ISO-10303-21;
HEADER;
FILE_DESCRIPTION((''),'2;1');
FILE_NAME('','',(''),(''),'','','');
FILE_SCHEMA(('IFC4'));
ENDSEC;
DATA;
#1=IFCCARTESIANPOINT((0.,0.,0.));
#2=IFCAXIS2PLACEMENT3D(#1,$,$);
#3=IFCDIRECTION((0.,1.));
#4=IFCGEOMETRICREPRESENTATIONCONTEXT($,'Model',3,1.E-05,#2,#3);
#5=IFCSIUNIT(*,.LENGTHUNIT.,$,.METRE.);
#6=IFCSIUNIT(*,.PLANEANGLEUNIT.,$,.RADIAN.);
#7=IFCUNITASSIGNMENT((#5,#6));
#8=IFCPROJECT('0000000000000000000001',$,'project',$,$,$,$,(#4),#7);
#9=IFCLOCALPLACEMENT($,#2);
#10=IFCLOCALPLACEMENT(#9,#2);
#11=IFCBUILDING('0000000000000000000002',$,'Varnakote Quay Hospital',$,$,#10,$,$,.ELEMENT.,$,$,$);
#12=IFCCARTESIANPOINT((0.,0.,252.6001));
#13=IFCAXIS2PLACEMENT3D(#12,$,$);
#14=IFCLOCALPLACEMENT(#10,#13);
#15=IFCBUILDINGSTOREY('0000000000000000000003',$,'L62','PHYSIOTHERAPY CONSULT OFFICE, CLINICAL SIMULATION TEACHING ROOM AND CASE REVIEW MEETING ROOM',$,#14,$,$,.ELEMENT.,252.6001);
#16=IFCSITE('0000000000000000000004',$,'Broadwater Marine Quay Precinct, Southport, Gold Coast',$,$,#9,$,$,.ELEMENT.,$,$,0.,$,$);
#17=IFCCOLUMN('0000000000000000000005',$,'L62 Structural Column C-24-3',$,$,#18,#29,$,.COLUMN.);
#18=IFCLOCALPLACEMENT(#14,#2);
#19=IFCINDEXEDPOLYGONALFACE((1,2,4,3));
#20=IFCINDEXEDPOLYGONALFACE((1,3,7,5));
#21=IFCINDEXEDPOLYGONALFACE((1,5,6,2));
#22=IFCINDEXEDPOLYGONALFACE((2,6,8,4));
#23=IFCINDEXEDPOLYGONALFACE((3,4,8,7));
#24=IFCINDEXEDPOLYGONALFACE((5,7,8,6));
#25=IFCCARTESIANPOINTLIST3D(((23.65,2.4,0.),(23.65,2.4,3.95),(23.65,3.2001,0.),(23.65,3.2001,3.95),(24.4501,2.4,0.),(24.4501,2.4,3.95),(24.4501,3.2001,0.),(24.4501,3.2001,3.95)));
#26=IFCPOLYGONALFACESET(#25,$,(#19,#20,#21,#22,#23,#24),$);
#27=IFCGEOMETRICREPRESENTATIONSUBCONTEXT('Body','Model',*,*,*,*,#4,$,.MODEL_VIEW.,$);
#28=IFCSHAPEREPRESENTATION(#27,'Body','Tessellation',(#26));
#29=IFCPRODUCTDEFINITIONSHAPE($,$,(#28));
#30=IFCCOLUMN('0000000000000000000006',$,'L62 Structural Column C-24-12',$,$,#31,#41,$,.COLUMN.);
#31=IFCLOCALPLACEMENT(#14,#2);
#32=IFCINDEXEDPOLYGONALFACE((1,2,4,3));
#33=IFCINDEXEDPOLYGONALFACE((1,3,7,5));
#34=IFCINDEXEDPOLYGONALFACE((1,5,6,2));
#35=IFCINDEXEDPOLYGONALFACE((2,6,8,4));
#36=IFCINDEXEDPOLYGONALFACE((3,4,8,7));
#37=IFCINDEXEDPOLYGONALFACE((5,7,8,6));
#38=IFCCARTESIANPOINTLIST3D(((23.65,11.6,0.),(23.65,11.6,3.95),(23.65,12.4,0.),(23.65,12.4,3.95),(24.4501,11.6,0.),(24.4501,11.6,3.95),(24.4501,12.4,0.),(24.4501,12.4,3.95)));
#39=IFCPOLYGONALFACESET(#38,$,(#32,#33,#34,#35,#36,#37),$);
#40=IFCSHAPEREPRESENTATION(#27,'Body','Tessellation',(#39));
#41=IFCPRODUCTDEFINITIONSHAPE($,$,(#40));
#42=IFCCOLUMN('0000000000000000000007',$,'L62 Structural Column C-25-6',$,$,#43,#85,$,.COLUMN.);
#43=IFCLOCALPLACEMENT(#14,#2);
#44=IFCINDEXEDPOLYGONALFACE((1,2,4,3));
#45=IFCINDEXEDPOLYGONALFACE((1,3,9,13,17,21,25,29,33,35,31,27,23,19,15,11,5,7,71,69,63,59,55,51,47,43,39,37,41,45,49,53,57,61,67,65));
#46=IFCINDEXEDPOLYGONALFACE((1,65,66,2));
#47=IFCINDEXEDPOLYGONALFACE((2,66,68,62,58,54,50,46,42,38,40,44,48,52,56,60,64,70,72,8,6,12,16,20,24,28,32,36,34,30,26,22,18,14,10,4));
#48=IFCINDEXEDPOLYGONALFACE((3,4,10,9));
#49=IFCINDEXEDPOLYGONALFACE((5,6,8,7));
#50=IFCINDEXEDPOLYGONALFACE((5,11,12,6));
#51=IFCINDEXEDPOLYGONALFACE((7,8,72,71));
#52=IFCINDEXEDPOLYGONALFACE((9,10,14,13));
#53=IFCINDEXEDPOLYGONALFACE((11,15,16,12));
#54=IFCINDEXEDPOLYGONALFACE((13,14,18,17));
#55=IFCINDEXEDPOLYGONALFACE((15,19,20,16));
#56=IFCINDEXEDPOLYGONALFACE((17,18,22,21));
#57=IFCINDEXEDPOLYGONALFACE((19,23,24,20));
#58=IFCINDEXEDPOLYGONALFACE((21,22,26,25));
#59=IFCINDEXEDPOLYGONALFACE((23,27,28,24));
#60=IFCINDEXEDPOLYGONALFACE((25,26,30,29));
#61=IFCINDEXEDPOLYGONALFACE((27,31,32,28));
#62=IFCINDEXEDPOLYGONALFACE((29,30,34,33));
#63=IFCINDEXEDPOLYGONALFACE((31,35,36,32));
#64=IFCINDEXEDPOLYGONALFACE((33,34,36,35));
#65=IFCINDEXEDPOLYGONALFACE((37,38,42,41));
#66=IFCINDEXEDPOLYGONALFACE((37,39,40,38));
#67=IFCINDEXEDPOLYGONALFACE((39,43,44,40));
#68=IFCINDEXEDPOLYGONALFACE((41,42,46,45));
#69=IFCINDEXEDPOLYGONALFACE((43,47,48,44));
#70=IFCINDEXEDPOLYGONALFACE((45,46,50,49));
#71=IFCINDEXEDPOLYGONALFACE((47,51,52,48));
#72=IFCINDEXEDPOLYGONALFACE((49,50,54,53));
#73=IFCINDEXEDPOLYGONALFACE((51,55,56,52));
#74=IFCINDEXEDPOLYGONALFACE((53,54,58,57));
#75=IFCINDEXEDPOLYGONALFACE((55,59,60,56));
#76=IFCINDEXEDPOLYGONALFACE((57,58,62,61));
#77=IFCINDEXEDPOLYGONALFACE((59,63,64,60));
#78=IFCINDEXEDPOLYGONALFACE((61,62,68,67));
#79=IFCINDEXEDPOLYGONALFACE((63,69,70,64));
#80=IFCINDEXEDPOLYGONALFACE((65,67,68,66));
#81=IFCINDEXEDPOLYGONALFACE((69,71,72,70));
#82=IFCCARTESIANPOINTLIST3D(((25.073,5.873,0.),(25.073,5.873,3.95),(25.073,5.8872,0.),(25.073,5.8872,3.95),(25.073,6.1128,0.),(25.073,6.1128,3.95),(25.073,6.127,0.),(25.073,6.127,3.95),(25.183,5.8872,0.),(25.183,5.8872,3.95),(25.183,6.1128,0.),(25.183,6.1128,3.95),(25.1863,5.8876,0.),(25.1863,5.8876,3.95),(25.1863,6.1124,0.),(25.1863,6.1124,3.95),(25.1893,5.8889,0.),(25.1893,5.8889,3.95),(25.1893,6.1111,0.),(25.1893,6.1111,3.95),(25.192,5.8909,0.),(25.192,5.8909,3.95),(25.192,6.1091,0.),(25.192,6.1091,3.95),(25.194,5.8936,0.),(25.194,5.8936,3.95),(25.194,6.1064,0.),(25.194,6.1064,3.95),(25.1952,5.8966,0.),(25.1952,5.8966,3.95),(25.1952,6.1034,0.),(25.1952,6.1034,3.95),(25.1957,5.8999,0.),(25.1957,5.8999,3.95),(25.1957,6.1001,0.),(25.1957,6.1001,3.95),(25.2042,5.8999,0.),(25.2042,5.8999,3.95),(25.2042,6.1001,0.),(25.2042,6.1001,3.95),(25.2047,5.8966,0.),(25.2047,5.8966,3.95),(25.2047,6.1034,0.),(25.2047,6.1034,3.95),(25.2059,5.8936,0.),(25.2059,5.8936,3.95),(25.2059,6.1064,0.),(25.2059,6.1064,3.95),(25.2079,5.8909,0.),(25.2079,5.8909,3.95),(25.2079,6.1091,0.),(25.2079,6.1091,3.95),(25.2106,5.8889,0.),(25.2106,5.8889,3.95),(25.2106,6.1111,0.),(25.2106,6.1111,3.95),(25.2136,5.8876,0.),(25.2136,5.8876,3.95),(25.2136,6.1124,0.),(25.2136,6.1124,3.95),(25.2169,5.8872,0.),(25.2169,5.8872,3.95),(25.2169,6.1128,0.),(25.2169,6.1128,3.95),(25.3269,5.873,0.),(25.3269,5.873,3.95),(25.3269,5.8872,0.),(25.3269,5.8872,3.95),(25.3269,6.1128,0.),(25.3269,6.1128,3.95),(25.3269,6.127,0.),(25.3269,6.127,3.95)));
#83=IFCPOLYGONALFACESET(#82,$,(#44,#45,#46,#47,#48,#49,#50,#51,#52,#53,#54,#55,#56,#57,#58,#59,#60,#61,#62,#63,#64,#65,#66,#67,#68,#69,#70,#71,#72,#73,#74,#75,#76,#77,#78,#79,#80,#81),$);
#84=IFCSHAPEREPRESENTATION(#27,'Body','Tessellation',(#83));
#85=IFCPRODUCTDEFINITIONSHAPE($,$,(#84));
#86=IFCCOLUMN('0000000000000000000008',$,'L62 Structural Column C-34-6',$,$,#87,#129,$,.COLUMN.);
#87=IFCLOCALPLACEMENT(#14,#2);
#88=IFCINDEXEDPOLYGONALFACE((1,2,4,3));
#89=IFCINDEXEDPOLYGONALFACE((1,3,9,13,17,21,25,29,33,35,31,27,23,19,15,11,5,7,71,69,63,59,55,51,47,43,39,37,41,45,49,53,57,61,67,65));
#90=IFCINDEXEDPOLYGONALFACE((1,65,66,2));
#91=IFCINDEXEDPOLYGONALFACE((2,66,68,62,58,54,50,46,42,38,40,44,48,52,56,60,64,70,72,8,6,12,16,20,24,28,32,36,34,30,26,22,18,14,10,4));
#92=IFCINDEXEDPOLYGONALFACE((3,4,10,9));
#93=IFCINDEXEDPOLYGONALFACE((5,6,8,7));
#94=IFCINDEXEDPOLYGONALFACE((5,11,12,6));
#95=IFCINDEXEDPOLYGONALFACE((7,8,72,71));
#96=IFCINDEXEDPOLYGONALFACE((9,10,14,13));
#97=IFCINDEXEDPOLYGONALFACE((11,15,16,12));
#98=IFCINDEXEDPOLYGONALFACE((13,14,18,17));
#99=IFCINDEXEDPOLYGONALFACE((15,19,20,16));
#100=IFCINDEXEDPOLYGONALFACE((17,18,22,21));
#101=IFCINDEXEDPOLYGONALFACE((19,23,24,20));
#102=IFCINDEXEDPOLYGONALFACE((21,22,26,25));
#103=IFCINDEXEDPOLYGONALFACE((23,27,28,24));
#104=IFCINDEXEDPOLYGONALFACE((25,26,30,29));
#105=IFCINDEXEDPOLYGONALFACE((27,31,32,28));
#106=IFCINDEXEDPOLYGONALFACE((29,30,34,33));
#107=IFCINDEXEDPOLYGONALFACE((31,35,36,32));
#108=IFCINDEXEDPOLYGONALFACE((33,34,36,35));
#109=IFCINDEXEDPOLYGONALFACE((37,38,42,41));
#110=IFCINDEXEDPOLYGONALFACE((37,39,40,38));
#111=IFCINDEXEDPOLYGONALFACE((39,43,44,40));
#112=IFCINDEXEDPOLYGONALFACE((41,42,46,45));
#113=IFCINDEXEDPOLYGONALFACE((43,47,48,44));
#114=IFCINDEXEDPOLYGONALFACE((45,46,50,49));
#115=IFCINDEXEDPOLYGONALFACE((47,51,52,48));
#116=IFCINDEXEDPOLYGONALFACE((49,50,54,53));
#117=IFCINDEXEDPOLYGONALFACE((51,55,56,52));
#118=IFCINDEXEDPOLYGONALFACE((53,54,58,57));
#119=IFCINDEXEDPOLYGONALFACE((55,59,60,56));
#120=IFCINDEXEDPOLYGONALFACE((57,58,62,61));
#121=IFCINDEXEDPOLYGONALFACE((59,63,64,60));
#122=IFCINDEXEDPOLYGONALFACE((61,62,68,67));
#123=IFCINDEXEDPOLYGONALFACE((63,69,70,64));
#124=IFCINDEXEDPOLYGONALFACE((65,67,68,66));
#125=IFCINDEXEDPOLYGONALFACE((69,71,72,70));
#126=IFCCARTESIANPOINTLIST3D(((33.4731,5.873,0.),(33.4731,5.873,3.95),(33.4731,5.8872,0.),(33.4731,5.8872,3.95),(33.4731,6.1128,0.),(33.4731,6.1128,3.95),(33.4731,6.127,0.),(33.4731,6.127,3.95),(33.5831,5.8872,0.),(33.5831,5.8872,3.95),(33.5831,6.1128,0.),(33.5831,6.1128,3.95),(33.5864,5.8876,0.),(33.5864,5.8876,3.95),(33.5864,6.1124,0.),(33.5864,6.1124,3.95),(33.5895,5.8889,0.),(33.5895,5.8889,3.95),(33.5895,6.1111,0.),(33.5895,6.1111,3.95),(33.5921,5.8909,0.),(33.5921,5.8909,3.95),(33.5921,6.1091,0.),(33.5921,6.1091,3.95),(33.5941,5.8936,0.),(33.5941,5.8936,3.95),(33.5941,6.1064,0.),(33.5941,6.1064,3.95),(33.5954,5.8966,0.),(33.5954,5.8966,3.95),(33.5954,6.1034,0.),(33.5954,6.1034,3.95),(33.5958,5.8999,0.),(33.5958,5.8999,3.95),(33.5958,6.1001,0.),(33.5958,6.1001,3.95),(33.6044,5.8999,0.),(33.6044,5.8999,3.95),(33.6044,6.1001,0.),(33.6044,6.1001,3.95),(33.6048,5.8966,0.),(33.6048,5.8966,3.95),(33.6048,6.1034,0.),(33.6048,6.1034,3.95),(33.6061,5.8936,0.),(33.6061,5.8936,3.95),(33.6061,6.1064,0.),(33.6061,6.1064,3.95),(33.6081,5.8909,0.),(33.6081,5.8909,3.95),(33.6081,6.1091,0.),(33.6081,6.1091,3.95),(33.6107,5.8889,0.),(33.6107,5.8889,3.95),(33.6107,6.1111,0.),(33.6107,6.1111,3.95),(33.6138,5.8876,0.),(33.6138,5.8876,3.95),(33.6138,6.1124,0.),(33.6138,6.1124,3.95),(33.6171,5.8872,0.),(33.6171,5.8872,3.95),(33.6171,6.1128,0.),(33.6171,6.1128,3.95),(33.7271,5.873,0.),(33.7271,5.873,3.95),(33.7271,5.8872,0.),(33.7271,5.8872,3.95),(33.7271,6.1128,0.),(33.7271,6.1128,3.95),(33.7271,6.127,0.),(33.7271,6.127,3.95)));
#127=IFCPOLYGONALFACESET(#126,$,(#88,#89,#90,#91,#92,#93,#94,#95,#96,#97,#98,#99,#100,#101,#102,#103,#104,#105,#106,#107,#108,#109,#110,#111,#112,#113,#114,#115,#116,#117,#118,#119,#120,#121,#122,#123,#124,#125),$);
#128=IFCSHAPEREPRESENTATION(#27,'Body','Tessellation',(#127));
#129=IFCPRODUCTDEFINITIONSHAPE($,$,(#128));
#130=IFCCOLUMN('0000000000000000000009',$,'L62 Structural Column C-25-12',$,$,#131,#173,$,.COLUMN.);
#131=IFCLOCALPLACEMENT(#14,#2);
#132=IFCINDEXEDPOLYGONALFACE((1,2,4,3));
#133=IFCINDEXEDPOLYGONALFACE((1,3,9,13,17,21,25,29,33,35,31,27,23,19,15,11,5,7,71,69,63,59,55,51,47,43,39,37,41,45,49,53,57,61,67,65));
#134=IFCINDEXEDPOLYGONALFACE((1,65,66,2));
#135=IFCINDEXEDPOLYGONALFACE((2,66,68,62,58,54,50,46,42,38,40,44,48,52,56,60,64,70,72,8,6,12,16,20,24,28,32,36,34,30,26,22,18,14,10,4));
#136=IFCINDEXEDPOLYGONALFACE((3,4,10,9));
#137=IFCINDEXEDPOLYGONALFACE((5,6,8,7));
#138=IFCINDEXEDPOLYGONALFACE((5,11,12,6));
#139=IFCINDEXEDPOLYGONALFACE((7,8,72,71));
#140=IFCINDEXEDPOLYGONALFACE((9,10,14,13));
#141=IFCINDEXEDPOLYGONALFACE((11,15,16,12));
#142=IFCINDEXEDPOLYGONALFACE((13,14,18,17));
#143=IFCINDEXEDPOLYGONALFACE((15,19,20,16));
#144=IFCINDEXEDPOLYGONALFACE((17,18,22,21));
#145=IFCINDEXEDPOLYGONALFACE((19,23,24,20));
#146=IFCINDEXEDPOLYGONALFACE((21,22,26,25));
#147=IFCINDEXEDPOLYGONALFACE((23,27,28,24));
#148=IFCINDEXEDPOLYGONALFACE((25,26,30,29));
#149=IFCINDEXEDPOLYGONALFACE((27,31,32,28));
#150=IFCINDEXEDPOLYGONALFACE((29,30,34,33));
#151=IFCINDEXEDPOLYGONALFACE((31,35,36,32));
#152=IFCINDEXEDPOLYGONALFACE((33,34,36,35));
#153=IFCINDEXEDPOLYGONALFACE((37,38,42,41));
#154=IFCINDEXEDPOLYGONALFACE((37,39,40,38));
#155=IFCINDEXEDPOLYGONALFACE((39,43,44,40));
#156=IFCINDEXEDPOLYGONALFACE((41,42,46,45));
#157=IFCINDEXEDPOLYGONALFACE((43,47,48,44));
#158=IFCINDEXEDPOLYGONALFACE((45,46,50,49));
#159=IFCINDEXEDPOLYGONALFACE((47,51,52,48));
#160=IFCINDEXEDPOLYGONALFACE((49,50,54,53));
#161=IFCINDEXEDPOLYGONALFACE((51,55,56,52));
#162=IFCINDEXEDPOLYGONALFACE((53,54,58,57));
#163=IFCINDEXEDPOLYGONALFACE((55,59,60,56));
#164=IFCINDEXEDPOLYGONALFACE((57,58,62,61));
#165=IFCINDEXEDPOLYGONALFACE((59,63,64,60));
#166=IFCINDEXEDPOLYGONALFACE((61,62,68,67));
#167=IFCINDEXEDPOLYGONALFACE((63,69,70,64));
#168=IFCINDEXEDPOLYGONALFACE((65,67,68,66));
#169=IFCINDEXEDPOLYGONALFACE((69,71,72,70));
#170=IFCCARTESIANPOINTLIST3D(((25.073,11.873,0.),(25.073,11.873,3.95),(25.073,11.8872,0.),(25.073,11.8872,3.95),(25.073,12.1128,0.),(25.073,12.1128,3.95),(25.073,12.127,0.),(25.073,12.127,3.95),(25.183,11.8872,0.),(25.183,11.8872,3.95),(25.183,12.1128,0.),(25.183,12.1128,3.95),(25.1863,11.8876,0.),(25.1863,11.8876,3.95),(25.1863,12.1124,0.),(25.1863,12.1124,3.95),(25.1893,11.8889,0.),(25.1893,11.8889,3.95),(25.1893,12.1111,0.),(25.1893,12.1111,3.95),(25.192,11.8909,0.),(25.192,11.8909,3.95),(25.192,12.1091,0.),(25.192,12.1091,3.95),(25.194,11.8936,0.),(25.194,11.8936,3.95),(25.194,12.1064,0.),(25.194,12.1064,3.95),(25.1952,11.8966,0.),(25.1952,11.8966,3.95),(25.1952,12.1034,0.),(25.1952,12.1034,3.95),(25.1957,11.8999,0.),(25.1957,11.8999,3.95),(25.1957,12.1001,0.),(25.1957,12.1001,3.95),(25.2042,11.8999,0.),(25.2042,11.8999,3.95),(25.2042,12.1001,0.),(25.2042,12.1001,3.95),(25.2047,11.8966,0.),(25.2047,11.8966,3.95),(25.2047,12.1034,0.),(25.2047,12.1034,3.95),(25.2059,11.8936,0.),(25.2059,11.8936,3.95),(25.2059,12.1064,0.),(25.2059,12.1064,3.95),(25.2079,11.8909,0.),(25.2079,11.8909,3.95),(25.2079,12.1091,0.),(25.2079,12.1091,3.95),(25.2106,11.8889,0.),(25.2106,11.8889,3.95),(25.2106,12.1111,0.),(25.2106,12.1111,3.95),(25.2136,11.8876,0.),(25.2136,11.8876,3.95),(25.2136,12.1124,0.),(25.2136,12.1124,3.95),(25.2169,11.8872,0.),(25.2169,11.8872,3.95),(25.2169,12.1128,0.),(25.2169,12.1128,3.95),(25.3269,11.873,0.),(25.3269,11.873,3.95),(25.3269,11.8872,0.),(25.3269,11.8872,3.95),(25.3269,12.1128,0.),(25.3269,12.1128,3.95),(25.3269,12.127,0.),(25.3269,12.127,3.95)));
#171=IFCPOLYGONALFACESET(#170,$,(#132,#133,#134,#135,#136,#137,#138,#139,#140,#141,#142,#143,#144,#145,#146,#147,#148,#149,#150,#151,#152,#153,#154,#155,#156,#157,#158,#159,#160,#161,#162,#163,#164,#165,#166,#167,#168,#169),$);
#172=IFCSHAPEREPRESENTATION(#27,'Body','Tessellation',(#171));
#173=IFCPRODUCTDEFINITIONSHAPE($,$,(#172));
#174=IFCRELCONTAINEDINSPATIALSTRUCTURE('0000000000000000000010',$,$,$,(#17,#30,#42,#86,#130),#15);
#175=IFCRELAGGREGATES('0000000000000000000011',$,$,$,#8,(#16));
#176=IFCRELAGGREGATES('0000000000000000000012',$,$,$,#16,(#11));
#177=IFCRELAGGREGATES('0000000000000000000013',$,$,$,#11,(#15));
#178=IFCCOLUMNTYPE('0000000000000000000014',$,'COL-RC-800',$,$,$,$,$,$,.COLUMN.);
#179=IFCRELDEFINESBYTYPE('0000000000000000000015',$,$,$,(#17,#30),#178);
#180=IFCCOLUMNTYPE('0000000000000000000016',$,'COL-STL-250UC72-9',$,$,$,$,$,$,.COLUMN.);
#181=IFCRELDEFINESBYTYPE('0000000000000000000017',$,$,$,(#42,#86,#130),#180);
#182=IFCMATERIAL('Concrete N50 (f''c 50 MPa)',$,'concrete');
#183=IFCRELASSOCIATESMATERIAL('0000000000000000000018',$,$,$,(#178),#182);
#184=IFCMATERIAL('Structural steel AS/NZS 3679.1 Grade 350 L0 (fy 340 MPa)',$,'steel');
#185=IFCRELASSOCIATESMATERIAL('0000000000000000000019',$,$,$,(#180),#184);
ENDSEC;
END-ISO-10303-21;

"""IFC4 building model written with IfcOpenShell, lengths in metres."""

from ifc_helpers import new_model, si_unit, direction, frame, origin, origin_2d, place, context, subcontext, project, spatial, rectangle, i_section, extrude, material, material_profile, profile_set, type_object, element, save


model = new_model("IFC4")

# Units and contexts
model_context = context("Model", 3, precision=1e-05, world=origin(), true_north=direction((0.0, 1.0)))
body_context = subcontext(model_context, "Body", "Model", "MODEL_VIEW")
ifc_project = project(units=[si_unit("LENGTHUNIT", "METRE"), si_unit("PLANEANGLEUNIT", "RADIAN")], contexts=[model_context])

# Site, building, storey
site_placement = place(None, origin())
site = spatial("IfcSite", under=ifc_project, at=site_placement, Name="Broadwater Marine Quay Precinct, Southport, Gold Coast", CompositionType="ELEMENT", RefElevation=0.0)
building_placement = place(site_placement, origin())
building = spatial("IfcBuilding", under=site, at=building_placement, Name="Varnakote Quay Hospital", CompositionType="ELEMENT")
storey_placement = place(building_placement, frame((0.0, 0.0, 252.6001)))
storey = spatial("IfcBuildingStorey", under=building, at=storey_placement, Name="L62", Description="PHYSIOTHERAPY CONSULT OFFICE, CLINICAL SIMULATION TEACHING ROOM AND CASE REVIEW MEETING ROOM", CompositionType="ELEMENT", Elevation=252.6001)

# Columns
ifc_material_1 = material(Name="Concrete N50 (f'c 50 MPa)", Category="concrete")
ifc_material_profile_1 = material_profile(ifc_material_1, rectangle(XDim=0.8, YDim=0.8, at=origin_2d()), Name="RC-COL-800x800")
ifc_profile_set_1 = profile_set([ifc_material_profile_1], Name="Concrete N50 (f'c 50 MPa)")
column_type_1 = type_object("IfcColumnType", Name="COL-RC-800", PredefinedType="COLUMN", material=ifc_profile_set_1)
for number, where, z_axis, x_axis, name in (
    (1, (24.05, 2.8, 0.0), (0.0, 0.0, 1.0), (1.0, 0.0, 0.0), "L62 Structural Column C-24-3"),
    (2, (24.05, 12.0, 0.0), (0.0, 0.0, 1.0), (1.0, 0.0, 0.0), "L62 Structural Column C-24-12"),
):
    element("IfcColumn", number, at=place(storey_placement, frame(where, z_axis=z_axis, x_axis=x_axis)), inside=storey, type_object=column_type_1, Name=name, PredefinedType="COLUMN", context=body_context, shape_type="SweptSolid", body=[
        extrude(rectangle(XDim=0.8, YDim=0.8, at=origin_2d()), origin(), (0.0, 0.0, 1.0), 3.95),
    ])
ifc_material_2 = material(Name="Structural steel AS/NZS 3679.1 Grade 350 L0 (fy 340 MPa)", Category="steel")
ifc_material_profile_2 = material_profile(ifc_material_2, i_section(OverallWidth=0.2539, OverallDepth=0.2539, WebThickness=0.0085, FlangeThickness=0.0142, FilletRadius=0.0127, at=origin_2d()), Name="250UC72.9")
ifc_profile_set_2 = profile_set([ifc_material_profile_2], Name="Structural steel AS/NZS 3679.1 Grade 350 L0 (fy 340 MPa)")
column_type_2 = type_object("IfcColumnType", Name="COL-STL-250UC72-9", PredefinedType="COLUMN", material=ifc_profile_set_2)
for number, where, z_axis, x_axis, name in (
    (3, (25.2, 6.0, 0.0), (0.0, 0.0, 1.0), (1.0, 0.0, 0.0), "L62 Structural Column C-25-6"),
    (4, (33.6001, 6.0, 0.0), (0.0, 0.0, 1.0), (1.0, 0.0, 0.0), "L62 Structural Column C-34-6"),
    (5, (25.2, 12.0, 0.0), (0.0, 0.0, 1.0), (1.0, 0.0, 0.0), "L62 Structural Column C-25-12"),
):
    element("IfcColumn", number, at=place(storey_placement, frame(where, z_axis=z_axis, x_axis=x_axis)), inside=storey, type_object=column_type_2, Name=name, PredefinedType="COLUMN", context=body_context, shape_type="SweptSolid", body=[
        extrude(i_section(OverallWidth=0.2539, OverallDepth=0.2539, WebThickness=0.0085, FlangeThickness=0.0142, FilletRadius=0.0127, at=origin_2d()), origin(), (0.0, 0.0, 1.0), 3.95),
    ])

save(model, "model.ifc")
